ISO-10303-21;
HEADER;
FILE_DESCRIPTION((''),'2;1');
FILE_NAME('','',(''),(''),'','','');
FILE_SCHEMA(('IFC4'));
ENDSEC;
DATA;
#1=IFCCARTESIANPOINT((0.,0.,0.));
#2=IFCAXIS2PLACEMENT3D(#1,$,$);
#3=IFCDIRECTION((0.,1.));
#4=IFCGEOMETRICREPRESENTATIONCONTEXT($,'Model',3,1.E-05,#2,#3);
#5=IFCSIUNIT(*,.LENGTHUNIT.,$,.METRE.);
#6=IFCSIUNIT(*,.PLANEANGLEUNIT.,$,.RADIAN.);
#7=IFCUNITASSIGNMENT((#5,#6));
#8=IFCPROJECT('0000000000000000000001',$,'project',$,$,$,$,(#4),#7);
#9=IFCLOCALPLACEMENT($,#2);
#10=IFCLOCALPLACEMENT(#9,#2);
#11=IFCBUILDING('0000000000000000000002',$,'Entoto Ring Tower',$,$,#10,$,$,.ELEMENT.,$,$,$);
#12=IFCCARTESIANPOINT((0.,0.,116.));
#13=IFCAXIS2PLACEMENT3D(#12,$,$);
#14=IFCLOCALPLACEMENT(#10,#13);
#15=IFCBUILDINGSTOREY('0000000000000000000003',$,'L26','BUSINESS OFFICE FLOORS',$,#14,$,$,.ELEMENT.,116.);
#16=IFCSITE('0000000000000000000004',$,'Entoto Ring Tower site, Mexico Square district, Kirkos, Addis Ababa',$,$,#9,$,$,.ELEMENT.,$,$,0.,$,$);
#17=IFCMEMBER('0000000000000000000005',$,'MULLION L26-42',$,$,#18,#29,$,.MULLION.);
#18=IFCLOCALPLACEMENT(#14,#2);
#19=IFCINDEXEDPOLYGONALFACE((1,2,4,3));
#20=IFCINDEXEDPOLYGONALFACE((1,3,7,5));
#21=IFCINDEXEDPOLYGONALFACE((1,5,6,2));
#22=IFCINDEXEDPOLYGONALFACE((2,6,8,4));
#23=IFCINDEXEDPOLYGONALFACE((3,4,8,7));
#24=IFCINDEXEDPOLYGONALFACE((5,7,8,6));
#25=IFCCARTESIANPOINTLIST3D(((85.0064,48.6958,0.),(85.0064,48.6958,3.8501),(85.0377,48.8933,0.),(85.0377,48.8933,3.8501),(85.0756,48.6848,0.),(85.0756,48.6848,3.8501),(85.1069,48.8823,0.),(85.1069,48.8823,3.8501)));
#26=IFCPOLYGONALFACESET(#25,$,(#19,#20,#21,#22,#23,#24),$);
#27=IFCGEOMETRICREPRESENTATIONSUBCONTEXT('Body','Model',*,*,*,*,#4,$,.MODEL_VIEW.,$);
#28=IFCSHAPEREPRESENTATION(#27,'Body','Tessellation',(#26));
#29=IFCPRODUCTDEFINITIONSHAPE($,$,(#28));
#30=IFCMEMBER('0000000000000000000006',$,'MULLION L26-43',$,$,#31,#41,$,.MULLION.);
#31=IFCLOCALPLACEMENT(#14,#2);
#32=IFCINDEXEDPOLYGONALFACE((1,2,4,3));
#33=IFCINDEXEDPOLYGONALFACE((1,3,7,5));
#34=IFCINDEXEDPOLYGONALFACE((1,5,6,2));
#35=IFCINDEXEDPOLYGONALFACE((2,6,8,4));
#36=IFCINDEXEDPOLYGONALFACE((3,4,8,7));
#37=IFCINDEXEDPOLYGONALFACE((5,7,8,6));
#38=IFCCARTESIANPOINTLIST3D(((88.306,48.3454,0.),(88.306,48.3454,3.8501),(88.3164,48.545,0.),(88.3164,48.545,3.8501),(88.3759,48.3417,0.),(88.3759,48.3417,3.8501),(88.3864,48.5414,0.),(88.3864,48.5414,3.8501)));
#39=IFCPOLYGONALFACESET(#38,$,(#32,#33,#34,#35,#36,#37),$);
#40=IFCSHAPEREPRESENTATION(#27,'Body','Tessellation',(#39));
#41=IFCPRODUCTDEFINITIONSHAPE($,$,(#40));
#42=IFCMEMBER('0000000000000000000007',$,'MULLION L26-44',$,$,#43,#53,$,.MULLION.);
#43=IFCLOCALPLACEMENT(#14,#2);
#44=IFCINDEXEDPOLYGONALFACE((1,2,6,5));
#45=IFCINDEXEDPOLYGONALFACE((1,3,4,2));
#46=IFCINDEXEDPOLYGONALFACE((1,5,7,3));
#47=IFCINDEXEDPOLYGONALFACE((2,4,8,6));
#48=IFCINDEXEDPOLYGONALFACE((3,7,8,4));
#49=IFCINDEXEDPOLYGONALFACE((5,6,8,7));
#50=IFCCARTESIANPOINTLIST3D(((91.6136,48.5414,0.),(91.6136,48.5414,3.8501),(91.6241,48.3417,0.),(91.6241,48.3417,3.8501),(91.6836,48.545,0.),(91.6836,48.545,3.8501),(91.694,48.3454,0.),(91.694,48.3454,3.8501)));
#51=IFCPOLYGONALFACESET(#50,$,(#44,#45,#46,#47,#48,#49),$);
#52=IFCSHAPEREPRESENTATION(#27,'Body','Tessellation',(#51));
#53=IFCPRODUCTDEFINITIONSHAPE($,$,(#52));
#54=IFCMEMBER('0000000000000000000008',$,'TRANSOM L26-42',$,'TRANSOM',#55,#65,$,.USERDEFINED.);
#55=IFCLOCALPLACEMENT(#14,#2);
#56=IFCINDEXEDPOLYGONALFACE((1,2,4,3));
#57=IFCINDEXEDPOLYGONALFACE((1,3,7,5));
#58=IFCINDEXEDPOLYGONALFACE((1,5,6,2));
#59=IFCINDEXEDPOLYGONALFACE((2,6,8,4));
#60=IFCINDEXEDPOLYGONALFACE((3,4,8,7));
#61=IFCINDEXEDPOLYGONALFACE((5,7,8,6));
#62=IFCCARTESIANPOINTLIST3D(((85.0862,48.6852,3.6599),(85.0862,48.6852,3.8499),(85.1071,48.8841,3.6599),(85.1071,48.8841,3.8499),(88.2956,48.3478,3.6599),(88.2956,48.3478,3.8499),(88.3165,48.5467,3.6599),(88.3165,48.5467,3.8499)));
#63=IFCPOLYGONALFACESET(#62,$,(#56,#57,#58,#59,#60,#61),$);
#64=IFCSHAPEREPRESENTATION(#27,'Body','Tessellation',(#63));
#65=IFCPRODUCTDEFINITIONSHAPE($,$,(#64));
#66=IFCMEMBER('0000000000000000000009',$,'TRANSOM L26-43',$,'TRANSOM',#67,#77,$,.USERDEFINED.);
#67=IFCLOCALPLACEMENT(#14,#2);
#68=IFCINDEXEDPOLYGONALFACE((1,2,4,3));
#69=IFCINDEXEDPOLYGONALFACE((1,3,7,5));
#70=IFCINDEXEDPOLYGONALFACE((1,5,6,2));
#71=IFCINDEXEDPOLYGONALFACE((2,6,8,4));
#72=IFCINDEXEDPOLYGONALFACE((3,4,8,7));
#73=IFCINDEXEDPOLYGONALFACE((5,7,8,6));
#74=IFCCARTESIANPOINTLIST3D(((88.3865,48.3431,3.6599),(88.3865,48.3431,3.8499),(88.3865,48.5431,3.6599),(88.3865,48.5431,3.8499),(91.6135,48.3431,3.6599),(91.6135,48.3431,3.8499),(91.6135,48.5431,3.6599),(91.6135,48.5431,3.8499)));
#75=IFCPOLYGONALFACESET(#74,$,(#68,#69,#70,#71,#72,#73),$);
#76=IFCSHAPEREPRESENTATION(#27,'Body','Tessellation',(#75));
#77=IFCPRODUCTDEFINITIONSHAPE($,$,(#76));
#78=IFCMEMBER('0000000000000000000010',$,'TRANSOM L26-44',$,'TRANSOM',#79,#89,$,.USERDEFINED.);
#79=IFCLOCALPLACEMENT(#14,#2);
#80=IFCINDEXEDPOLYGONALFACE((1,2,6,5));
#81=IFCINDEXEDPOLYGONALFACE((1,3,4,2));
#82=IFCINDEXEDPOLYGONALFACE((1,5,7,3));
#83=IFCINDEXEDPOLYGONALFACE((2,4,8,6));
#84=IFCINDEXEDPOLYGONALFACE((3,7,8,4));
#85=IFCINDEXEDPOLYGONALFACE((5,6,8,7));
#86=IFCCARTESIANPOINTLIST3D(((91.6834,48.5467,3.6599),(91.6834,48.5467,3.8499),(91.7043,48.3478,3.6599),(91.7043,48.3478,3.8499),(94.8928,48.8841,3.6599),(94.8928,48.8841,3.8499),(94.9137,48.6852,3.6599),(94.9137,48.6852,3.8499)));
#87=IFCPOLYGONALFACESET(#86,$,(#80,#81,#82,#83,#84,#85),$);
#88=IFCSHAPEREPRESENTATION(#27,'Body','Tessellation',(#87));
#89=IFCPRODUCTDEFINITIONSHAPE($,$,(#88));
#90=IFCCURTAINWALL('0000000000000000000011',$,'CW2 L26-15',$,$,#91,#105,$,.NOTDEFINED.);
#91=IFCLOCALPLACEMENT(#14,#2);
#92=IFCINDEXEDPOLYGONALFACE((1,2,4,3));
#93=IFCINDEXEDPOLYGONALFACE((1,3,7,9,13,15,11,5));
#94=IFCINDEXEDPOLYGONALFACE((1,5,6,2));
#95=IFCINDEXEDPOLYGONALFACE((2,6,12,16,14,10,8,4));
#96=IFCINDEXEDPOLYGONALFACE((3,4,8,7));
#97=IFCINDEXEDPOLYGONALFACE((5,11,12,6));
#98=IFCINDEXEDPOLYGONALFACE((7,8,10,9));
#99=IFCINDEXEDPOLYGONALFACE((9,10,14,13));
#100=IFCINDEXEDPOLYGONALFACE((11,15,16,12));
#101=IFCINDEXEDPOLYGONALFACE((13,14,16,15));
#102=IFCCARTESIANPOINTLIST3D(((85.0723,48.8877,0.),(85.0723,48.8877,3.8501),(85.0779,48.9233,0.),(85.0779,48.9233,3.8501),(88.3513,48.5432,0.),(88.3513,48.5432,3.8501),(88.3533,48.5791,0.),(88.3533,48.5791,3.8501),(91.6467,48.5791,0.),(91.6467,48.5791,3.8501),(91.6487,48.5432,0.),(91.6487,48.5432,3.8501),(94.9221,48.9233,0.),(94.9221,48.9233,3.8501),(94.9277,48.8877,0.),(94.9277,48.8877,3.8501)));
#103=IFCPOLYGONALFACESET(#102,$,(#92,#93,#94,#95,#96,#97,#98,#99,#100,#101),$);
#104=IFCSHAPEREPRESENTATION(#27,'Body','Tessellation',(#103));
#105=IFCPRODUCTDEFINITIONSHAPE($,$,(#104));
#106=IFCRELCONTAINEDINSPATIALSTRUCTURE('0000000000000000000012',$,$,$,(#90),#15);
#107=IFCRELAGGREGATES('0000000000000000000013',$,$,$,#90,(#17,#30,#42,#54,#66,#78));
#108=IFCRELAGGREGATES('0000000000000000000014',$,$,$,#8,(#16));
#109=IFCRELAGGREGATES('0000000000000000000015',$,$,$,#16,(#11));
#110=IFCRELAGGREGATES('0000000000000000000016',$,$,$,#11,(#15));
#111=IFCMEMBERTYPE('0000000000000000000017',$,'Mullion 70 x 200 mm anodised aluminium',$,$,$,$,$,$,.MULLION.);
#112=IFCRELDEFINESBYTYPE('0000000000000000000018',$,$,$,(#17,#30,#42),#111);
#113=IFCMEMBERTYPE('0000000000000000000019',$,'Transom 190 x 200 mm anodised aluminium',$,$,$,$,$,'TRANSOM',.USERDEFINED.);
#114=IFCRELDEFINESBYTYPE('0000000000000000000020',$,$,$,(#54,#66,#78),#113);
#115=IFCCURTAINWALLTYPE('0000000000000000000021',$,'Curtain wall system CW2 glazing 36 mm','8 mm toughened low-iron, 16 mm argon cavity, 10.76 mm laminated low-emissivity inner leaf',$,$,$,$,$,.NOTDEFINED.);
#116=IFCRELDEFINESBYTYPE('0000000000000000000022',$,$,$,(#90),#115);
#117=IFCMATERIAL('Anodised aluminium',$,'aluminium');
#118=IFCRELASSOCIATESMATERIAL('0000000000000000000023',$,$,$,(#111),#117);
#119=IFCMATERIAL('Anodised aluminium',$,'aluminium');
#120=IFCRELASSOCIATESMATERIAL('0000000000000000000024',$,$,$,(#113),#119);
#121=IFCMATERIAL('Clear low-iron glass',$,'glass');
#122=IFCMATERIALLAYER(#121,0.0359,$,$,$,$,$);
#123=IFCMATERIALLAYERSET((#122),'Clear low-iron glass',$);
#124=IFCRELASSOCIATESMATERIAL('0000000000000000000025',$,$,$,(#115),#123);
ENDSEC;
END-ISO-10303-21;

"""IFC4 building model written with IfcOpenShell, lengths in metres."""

from ifc_helpers import new_model, si_unit, direction, frame, origin, origin_2d, place, context, subcontext, project, spatial, polyline, rectangle, outline, extrude, material, layer, layer_set, material_profile, profile_set, type_object, element, aggregate, save


model = new_model("IFC4")

# Units and contexts
model_context = context("Model", 3, precision=1e-05, world=origin(), true_north=direction((0.0, 1.0)))
body_context = subcontext(model_context, "Body", "Model", "MODEL_VIEW")
ifc_project = project(units=[si_unit("LENGTHUNIT", "METRE"), si_unit("PLANEANGLEUNIT", "RADIAN")], contexts=[model_context])

# Members
ifc_material_1 = material(Name="Anodised aluminium", Category="aluminium")
ifc_material_profile_1 = material_profile(ifc_material_1, rectangle(XDim=0.0701, YDim=0.2, at=origin_2d()), Name="Mullion 70 x 200 mm anodised aluminium")
ifc_profile_set_1 = profile_set([ifc_material_profile_1], Name="Anodised aluminium")
member_type_1 = type_object("IfcMemberType", Name="Mullion 70 x 200 mm anodised aluminium", PredefinedType="MULLION", material=ifc_profile_set_1)
site_placement = place(None, origin())
building_placement = place(site_placement, origin())
storey_placement = place(building_placement, frame((0.0, 0.0, 116.0)))
member_1_placement = place(storey_placement, frame((85.0566, 48.7891, 0.0), z_axis=(0.0, 0.0, 1.0), x_axis=(0.987688, -0.156434, 0.0)))
member_1 = element("IfcMember", 1, at=member_1_placement, type_object=member_type_1, Name="MULLION L26-42", PredefinedType="MULLION", context=body_context, shape_type="SweptSolid", body=[
    extrude(rectangle(XDim=0.0701, YDim=0.2, at=origin_2d()), origin(), (0.0, 0.0, 1.0), 3.8501),
])
member_2_placement = place(storey_placement, frame((88.3462, 48.4434, 0.0), z_axis=(0.0, 0.0, 1.0), x_axis=(0.99863, -0.052336, 0.0)))
member_2 = element("IfcMember", 2, at=member_2_placement, type_object=member_type_1, Name="MULLION L26-43", PredefinedType="MULLION", context=body_context, shape_type="SweptSolid", body=[
    extrude(rectangle(XDim=0.0701, YDim=0.2, at=origin_2d()), origin(), (0.0, 0.0, 1.0), 3.8501),
])
member_3_placement = place(storey_placement, frame((91.6538, 48.4434, 0.0), z_axis=(0.0, 0.0, 1.0), x_axis=(0.99863, 0.052336, 0.0)))
member_3 = element("IfcMember", 3, at=member_3_placement, type_object=member_type_1, Name="MULLION L26-44", PredefinedType="MULLION", context=body_context, shape_type="SweptSolid", body=[
    extrude(rectangle(XDim=0.0701, YDim=0.2, at=origin_2d()), origin(), (0.0, 0.0, 1.0), 3.8501),
])
ifc_material_2 = material(Name="Anodised aluminium", Category="aluminium")
ifc_material_profile_2 = material_profile(ifc_material_2, rectangle(XDim=0.2, YDim=0.1899, at=origin_2d()), Name="Transom 190 x 200 mm anodised aluminium")
ifc_profile_set_2 = profile_set([ifc_material_profile_2], Name="Anodised aluminium")
member_type_2 = type_object("IfcMemberType", Name="Transom 190 x 200 mm anodised aluminium", ElementType="TRANSOM", PredefinedType="USERDEFINED", material=ifc_profile_set_2)
member_4_placement = place(storey_placement, frame((85.0967, 48.7847, 3.7549), z_axis=(0.99452, -0.104551, 0.0), x_axis=(0.104551, 0.99452, 0.0)))
member_4 = element("IfcMember", 4, at=member_4_placement, type_object=member_type_2, Name="TRANSOM L26-42", ObjectType="TRANSOM", PredefinedType="USERDEFINED", context=body_context, shape_type="SweptSolid", body=[
    extrude(rectangle(XDim=0.2, YDim=0.1899, at=origin_2d()), origin(), (0.0, 0.0, 1.0), 3.2271),
])
member_5_placement = place(storey_placement, frame((88.3865, 48.4431, 3.7549), z_axis=(1.0, 0.0, 0.0), x_axis=(0.0, 1.0, 0.0)))
member_5 = element("IfcMember", 5, at=member_5_placement, type_object=member_type_2, Name="TRANSOM L26-43", ObjectType="TRANSOM", PredefinedType="USERDEFINED", context=body_context, shape_type="SweptSolid", body=[
    extrude(rectangle(XDim=0.2, YDim=0.1899, at=origin_2d()), origin(), (0.0, 0.0, 1.0), 3.2271),
])
member_6_placement = place(storey_placement, frame((91.6938, 48.4473, 3.7549), z_axis=(0.99452, 0.104551, 0.0), x_axis=(-0.104551, 0.99452, 0.0)))
member_6 = element("IfcMember", 6, at=member_6_placement, type_object=member_type_2, Name="TRANSOM L26-44", ObjectType="TRANSOM", PredefinedType="USERDEFINED", context=body_context, shape_type="SweptSolid", body=[
    extrude(rectangle(XDim=0.2, YDim=0.1899, at=origin_2d()), origin(), (0.0, 0.0, 1.0), 3.2271),
])

# Site, building, storey
site = spatial("IfcSite", under=ifc_project, at=site_placement, Name="Entoto Ring Tower site, Mexico Square district, Kirkos, Addis Ababa", CompositionType="ELEMENT", RefElevation=0.0)
building = spatial("IfcBuilding", under=site, at=building_placement, Name="Entoto Ring Tower", CompositionType="ELEMENT")
storey = spatial("IfcBuildingStorey", under=building, at=storey_placement, Name="L26", Description="BUSINESS OFFICE FLOORS", CompositionType="ELEMENT", Elevation=116.0)

# Curtain wall
ifc_material_3 = material(Name="Clear low-iron glass", Category="glass")
ifc_layer_1 = layer(ifc_material_3, 0.0359)
ifc_layer_set_1 = layer_set([ifc_layer_1], Name="Clear low-iron glass")
curtain_wall_type = type_object("IfcCurtainWallType", Name="Curtain wall system CW2 glazing 36 mm", Description="8 mm toughened low-iron, 16 mm argon cavity, 10.76 mm laminated low-emissivity inner leaf", PredefinedType="NOTDEFINED", material=ifc_layer_set_1)
curtain_wall_1_placement = place(storey_placement, origin())
curtain_wall_1 = element("IfcCurtainWall", 7, at=curtain_wall_1_placement, inside=storey, type_object=curtain_wall_type, Name="CW2 L26-15", PredefinedType="NOTDEFINED", context=body_context, shape_type="SweptSolid", body=[
    extrude(outline(polyline([(85.0723, 48.8877), (88.3513, 48.5432), (91.6487, 48.5432), (94.9277, 48.8877), (94.9221, 48.9233), (91.6467, 48.5791), (88.3533, 48.5791), (85.0779, 48.9233), (85.0723, 48.8877)])), origin(), (0.0, 0.0, 1.0), 3.8501),
])
aggregate(curtain_wall_1, [member_1, member_2, member_3, member_4, member_5, member_6])

save(model, "model.ifc")
